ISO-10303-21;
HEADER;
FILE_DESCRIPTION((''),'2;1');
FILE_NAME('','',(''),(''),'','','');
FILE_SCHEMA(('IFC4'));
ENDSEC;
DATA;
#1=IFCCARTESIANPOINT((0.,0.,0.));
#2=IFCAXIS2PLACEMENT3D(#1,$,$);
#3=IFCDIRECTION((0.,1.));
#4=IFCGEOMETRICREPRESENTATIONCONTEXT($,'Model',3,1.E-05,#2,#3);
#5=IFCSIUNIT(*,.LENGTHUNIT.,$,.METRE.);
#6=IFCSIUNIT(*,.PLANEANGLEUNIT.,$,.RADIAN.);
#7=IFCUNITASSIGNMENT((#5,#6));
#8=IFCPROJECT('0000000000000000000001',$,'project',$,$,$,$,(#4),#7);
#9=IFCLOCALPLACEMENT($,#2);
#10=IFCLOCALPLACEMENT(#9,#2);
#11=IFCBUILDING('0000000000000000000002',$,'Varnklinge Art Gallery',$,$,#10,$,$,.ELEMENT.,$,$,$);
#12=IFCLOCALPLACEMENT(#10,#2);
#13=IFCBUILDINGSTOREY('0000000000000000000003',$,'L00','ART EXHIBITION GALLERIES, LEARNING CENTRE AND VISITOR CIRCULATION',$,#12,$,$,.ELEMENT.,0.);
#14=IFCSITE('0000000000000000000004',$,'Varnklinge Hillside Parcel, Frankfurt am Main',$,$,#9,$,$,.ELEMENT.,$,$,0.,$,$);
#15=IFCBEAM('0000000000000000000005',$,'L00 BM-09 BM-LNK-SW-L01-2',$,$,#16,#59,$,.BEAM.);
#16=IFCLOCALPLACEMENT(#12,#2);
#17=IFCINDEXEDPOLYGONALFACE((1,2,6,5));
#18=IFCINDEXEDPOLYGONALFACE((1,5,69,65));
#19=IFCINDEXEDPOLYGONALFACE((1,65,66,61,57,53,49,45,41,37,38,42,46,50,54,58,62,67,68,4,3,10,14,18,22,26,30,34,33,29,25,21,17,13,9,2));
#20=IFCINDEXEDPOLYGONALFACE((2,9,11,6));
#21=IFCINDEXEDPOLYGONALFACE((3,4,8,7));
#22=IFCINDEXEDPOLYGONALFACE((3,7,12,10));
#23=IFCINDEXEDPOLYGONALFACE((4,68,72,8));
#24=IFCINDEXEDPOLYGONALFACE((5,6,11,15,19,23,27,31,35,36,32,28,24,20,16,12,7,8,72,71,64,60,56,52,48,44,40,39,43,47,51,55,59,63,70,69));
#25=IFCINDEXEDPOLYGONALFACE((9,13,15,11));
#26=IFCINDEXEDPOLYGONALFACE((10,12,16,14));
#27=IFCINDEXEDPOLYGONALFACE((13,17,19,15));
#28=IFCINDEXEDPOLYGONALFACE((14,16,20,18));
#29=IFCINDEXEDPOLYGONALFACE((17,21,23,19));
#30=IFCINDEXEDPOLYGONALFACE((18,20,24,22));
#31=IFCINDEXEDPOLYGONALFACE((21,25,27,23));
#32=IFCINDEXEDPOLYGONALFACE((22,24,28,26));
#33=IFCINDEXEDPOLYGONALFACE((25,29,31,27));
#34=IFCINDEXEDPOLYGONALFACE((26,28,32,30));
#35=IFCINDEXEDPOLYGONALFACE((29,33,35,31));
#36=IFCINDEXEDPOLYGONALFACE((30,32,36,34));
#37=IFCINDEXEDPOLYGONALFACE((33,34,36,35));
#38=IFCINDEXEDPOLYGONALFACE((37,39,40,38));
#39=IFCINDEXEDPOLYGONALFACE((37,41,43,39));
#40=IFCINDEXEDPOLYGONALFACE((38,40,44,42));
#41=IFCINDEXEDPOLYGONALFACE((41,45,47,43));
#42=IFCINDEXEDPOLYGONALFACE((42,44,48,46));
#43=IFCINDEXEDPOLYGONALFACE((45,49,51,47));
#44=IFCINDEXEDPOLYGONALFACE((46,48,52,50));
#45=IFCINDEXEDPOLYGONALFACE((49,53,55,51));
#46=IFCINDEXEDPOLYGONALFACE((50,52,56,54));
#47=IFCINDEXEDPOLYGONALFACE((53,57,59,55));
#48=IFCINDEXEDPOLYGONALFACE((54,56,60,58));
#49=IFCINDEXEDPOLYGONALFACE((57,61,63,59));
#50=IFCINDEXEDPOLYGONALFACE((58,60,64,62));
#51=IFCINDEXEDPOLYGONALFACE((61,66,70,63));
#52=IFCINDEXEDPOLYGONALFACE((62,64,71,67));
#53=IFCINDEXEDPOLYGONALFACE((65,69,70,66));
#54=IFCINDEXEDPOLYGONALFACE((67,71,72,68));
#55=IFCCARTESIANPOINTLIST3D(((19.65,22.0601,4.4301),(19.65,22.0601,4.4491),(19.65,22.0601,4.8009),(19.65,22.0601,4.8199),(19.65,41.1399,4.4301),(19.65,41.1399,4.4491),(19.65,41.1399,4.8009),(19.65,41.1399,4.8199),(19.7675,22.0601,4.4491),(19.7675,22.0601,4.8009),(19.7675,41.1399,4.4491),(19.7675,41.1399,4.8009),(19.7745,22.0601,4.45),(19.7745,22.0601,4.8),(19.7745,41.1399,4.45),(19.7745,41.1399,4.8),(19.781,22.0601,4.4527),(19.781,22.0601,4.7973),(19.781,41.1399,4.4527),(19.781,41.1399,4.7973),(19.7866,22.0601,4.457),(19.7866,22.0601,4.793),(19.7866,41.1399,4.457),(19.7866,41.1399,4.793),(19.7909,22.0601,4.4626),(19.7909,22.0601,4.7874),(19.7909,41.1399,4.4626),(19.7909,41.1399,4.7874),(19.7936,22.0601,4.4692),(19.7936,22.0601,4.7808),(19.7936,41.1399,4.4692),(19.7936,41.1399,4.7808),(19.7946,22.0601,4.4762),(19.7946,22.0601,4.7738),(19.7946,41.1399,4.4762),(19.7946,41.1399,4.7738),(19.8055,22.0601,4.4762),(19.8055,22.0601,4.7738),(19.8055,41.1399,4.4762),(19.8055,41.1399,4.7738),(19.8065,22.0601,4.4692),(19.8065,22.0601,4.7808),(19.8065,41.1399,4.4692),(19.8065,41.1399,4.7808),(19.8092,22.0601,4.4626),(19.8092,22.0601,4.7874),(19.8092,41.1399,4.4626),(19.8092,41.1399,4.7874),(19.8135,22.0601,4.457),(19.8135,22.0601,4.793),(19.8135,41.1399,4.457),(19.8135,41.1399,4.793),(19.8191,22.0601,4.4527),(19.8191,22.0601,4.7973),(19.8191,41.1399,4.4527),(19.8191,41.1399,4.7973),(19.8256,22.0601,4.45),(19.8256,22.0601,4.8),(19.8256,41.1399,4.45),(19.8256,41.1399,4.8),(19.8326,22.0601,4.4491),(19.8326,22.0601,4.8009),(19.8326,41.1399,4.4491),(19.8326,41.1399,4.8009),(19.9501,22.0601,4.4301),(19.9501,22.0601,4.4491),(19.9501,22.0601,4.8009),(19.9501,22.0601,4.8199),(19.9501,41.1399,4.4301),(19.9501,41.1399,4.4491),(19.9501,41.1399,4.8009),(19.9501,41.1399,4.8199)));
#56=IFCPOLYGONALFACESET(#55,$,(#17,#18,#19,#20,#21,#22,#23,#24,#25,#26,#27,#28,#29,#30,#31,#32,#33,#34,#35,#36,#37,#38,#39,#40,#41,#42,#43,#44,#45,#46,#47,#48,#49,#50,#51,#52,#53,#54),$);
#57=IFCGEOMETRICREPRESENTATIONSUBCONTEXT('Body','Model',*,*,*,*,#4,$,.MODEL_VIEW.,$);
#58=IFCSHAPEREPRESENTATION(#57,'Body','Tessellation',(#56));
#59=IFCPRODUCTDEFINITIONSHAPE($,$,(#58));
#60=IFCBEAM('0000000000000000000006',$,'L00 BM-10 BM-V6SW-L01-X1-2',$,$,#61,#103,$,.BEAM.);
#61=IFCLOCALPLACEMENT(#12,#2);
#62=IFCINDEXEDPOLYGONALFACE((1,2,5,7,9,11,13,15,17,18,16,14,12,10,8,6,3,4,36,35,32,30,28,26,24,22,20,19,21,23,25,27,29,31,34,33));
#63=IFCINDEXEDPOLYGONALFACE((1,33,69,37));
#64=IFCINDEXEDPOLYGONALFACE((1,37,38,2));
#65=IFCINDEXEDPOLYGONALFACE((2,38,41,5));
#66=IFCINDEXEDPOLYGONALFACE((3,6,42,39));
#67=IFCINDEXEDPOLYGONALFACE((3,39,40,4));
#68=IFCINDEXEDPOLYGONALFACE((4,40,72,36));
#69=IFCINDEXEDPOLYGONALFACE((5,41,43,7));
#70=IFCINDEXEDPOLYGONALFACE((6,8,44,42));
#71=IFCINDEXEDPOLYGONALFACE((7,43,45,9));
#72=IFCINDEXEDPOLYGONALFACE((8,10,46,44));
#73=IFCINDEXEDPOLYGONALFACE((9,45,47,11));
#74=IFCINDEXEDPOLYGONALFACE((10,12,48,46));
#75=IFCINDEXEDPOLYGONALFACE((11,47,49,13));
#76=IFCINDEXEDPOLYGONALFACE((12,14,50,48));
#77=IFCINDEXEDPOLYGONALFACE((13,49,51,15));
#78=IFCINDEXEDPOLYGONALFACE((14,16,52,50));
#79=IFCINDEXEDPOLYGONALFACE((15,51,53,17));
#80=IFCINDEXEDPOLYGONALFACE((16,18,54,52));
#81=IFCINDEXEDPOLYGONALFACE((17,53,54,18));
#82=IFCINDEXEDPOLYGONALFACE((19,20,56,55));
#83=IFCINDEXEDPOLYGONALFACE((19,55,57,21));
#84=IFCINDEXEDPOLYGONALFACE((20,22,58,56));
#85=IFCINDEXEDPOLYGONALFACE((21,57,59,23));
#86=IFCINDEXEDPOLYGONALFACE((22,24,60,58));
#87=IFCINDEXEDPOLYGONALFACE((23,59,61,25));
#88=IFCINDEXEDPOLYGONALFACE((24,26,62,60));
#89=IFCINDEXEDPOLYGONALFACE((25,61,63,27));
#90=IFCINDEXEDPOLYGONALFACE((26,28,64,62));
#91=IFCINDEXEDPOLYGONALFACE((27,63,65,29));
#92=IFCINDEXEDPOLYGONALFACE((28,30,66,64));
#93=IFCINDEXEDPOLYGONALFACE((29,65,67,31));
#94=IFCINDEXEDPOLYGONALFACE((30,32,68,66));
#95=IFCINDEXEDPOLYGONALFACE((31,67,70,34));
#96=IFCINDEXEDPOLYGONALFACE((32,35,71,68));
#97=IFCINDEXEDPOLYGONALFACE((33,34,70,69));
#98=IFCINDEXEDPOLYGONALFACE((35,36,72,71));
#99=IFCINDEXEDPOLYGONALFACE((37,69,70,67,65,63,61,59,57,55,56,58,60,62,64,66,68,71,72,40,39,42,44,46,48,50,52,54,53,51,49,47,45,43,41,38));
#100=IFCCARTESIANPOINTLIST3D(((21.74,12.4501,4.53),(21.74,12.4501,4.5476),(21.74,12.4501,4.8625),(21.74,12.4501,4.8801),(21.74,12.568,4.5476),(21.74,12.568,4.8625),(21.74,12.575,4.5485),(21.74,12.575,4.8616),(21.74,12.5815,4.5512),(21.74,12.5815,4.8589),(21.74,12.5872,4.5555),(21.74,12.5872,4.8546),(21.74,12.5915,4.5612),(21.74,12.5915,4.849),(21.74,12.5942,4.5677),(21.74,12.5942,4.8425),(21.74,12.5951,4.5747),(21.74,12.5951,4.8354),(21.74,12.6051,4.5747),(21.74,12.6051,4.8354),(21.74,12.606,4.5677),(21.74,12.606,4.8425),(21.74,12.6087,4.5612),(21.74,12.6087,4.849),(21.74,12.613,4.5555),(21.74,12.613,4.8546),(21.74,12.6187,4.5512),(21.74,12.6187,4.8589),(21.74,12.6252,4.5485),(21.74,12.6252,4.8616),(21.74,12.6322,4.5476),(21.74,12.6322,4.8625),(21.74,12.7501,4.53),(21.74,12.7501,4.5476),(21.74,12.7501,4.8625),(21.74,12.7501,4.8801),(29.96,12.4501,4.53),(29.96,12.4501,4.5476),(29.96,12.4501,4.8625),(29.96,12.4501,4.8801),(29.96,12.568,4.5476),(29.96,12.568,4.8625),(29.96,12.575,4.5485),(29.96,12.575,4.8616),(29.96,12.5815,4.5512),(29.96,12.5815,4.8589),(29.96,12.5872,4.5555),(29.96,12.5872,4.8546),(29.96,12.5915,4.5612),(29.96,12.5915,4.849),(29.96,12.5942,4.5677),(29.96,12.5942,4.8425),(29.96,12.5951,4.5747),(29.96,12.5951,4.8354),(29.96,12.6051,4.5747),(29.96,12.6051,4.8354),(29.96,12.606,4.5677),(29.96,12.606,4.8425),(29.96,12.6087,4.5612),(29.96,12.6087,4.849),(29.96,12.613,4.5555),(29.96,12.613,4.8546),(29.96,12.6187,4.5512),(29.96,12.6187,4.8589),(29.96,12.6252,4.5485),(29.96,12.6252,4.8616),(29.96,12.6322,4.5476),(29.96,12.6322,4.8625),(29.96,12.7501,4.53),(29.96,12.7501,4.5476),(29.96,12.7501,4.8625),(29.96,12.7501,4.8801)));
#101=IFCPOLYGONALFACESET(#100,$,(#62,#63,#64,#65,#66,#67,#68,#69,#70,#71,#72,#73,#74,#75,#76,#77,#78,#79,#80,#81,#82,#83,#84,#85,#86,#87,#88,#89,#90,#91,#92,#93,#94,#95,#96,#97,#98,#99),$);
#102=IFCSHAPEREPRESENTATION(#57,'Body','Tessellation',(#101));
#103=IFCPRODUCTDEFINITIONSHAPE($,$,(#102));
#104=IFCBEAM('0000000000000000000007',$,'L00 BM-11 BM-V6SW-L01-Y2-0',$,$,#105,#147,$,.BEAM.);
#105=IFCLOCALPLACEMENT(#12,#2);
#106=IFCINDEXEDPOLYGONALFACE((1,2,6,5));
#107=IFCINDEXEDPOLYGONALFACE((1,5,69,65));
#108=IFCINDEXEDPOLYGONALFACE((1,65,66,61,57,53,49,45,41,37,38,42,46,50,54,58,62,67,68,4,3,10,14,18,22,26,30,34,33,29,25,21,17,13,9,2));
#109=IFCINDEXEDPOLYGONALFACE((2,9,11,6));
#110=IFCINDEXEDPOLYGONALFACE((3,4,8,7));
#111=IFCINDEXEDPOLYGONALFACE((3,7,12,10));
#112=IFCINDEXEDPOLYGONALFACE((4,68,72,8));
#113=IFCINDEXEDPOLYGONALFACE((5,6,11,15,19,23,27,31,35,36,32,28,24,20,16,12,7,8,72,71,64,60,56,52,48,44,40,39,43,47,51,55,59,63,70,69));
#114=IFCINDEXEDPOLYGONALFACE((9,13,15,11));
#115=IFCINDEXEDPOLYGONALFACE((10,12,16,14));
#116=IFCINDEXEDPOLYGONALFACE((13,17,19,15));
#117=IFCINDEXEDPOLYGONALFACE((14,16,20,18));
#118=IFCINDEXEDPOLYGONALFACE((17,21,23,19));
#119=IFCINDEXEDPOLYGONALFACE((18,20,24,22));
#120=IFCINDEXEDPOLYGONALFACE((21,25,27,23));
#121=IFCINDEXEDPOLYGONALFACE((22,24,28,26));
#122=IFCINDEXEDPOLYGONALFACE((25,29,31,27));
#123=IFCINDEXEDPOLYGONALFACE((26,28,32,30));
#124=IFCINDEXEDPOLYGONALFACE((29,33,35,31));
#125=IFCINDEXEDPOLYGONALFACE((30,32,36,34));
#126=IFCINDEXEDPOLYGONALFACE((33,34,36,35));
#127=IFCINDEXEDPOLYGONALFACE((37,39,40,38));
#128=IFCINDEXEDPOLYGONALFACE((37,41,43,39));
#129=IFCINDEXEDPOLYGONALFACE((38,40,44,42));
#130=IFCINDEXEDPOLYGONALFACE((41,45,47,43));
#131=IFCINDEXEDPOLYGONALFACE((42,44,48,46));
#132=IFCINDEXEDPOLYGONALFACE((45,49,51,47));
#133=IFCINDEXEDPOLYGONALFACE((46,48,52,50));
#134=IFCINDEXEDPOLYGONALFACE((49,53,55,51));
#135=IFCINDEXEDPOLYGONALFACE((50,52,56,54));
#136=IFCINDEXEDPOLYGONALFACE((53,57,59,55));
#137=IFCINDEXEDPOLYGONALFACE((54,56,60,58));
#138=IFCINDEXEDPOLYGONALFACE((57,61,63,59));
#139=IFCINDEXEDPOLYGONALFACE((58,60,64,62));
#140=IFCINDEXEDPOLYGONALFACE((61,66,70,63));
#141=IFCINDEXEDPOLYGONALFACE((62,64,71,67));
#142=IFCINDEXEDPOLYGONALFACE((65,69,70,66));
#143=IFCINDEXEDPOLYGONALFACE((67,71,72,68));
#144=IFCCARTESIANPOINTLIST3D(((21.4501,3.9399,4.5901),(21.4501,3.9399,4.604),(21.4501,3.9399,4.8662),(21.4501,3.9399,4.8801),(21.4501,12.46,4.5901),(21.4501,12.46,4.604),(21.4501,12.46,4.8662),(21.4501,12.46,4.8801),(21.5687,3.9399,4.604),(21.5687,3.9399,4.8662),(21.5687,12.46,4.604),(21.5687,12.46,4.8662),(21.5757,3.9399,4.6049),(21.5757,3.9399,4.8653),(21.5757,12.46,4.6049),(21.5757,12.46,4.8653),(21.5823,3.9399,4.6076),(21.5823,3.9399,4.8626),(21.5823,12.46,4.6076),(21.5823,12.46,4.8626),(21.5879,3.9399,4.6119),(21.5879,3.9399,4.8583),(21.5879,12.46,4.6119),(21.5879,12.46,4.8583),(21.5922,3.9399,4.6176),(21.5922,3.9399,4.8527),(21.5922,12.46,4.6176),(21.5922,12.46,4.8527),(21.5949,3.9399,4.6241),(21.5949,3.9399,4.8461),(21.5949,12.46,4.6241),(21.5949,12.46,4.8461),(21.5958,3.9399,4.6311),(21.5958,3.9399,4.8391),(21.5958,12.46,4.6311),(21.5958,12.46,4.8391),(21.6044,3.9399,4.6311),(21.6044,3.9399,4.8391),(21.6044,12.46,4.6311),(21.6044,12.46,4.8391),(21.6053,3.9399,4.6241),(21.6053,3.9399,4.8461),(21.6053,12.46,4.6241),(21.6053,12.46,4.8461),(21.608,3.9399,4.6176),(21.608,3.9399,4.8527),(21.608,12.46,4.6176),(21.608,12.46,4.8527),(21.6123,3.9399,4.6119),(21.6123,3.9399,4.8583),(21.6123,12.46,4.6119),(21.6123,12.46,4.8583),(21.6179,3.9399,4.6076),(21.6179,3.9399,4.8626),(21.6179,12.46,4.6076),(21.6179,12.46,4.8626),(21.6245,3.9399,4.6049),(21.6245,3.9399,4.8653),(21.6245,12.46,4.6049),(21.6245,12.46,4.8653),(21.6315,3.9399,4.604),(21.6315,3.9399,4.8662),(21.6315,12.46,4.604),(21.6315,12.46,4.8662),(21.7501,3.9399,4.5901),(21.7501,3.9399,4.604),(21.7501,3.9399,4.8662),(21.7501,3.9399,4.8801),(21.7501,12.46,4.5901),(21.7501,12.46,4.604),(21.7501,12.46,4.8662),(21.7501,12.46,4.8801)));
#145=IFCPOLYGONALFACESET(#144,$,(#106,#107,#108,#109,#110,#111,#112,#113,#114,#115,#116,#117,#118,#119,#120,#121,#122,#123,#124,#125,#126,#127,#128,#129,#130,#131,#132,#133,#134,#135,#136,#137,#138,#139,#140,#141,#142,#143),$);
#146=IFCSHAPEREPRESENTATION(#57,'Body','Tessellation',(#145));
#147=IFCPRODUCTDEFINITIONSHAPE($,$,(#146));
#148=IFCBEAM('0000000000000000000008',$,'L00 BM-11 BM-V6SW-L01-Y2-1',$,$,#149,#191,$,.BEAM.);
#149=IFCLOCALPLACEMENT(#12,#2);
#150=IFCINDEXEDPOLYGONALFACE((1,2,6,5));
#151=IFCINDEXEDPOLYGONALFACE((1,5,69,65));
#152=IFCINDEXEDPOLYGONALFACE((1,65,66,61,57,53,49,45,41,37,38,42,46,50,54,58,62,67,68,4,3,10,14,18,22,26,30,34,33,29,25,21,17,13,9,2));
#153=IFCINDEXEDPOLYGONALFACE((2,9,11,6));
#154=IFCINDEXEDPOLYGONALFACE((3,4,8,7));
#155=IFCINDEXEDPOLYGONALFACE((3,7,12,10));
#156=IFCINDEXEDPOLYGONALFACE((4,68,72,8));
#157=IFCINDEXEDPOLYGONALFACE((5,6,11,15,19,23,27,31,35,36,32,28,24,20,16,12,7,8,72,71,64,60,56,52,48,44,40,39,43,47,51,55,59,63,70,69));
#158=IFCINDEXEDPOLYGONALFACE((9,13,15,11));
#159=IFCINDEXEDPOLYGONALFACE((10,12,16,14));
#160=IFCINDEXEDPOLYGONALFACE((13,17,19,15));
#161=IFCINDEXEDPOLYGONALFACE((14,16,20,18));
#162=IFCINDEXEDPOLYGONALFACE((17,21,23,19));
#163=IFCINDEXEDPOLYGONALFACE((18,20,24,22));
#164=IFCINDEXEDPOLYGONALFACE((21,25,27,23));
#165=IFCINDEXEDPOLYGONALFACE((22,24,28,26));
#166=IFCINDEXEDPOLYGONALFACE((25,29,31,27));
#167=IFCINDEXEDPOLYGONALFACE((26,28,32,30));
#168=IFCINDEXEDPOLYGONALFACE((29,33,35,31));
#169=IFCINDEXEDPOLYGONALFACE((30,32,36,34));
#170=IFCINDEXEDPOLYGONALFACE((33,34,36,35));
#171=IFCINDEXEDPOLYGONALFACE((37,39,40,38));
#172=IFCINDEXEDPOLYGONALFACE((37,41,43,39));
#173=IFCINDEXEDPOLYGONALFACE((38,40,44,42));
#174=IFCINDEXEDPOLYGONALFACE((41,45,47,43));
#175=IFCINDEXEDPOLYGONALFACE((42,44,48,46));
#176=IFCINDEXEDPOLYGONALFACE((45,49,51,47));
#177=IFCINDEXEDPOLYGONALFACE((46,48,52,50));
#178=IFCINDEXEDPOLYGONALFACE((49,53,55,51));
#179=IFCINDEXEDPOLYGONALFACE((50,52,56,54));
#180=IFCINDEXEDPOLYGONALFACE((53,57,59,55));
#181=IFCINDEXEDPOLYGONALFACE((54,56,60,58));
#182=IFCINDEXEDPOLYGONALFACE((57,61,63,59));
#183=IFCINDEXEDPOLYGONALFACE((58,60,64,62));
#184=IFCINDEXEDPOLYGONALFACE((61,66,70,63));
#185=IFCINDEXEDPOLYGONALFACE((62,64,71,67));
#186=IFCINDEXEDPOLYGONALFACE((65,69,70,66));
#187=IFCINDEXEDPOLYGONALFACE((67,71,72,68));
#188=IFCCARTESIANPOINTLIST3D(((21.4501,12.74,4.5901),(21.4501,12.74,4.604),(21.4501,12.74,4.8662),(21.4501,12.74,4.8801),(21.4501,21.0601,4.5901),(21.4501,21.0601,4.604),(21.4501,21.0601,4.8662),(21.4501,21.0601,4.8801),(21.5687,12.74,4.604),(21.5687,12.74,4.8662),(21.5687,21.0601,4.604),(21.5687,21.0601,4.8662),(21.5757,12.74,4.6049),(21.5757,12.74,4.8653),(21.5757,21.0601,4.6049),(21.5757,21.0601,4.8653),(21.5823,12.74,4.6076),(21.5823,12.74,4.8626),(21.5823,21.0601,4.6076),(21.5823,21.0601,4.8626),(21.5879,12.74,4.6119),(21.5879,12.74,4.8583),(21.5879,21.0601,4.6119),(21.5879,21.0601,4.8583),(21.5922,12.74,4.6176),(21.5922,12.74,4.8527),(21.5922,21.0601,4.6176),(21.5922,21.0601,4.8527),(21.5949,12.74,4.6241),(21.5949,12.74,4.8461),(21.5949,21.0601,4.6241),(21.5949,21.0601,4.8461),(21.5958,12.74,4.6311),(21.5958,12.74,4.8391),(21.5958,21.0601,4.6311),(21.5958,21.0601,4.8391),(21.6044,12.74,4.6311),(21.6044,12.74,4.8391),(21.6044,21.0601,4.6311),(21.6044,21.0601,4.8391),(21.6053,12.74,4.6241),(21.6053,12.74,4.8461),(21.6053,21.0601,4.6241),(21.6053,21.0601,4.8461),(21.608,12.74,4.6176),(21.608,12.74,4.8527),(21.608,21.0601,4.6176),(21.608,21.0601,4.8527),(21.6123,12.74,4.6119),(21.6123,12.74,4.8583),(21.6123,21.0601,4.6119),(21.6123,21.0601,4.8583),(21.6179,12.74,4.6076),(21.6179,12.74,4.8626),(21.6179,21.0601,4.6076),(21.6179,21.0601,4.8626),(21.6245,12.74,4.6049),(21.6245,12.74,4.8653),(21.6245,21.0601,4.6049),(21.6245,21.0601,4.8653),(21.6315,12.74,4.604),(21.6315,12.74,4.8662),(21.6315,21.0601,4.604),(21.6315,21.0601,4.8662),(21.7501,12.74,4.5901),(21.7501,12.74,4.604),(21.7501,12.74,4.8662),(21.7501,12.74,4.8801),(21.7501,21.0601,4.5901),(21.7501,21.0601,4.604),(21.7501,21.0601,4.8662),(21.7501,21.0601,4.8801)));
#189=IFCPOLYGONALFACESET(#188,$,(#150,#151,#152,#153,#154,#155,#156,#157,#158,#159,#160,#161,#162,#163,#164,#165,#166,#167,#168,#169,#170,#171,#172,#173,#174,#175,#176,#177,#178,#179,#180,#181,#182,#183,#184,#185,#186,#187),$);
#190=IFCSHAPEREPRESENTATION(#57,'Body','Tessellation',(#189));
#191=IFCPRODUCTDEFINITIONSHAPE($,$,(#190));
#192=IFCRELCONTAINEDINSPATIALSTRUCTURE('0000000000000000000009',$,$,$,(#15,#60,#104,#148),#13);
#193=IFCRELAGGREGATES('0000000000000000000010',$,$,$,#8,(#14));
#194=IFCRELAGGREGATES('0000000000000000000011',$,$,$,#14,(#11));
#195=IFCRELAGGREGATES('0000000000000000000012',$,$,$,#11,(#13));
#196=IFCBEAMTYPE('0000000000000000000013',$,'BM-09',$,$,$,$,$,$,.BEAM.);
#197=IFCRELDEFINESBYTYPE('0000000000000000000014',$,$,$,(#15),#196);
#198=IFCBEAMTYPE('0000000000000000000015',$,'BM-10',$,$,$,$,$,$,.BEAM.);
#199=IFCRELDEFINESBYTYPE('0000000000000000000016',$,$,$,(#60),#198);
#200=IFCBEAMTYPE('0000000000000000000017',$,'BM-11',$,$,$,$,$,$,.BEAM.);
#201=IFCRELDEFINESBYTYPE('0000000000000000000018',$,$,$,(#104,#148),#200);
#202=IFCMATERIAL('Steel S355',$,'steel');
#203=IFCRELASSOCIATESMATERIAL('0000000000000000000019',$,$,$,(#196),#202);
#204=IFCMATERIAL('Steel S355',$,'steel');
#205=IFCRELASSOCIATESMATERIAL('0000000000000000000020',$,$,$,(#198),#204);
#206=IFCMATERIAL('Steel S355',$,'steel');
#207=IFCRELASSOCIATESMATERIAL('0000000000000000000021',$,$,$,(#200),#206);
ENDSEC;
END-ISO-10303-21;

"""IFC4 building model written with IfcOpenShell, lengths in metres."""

from ifc_helpers import new_model, si_unit, direction, frame, origin, origin_2d, place, context, subcontext, project, spatial, i_section, extrude, material, material_profile, profile_set, type_object, element, save


model = new_model("IFC4")

# Units and contexts
model_context = context("Model", 3, precision=1e-05, world=origin(), true_north=direction((0.0, 1.0)))
body_context = subcontext(model_context, "Body", "Model", "MODEL_VIEW")
ifc_project = project(units=[si_unit("LENGTHUNIT", "METRE"), si_unit("PLANEANGLEUNIT", "RADIAN")], contexts=[model_context])

# Site, building, storey
site_placement = place(None, origin())
site = spatial("IfcSite", under=ifc_project, at=site_placement, Name="Varnklinge Hillside Parcel, Frankfurt am Main", CompositionType="ELEMENT", RefElevation=0.0)
building_placement = place(site_placement, origin())
building = spatial("IfcBuilding", under=site, at=building_placement, Name="Varnklinge Art Gallery", CompositionType="ELEMENT")
storey_placement = place(building_placement, origin())
storey = spatial("IfcBuildingStorey", under=building, at=storey_placement, Name="L00", Description="ART EXHIBITION GALLERIES, LEARNING CENTRE AND VISITOR CIRCULATION", CompositionType="ELEMENT", Elevation=0.0)

# Beams
ifc_material_1 = material(Name="Steel S355", Category="steel")
ifc_material_profile_1 = material_profile(ifc_material_1, i_section(OverallWidth=0.3, OverallDepth=0.3899, WebThickness=0.011, FlangeThickness=0.019, FilletRadius=0.0271, at=origin_2d()), Name="HEA 400")
ifc_profile_set_1 = profile_set([ifc_material_profile_1], Name="Steel S355")
beam_type_1 = type_object("IfcBeamType", Name="BM-09", PredefinedType="BEAM", material=ifc_profile_set_1)
beam_1_placement = place(storey_placement, frame((19.8, 22.0601, 4.625), z_axis=(0.0, 1.0, 0.0), x_axis=(-1.0, 0.0, 0.0)))
element("IfcBeam", 1, at=beam_1_placement, inside=storey, type_object=beam_type_1, Name="L00 BM-09 BM-LNK-SW-L01-2", PredefinedType="BEAM", context=body_context, shape_type="SweptSolid", body=[
    extrude(i_section(OverallWidth=0.3, OverallDepth=0.3899, WebThickness=0.011, FlangeThickness=0.019, FilletRadius=0.0271, at=origin_2d()), origin(), (0.0, 0.0, 1.0), 19.0798),
])
ifc_material_2 = material(Name="Steel S355", Category="steel")
ifc_material_profile_2 = material_profile(ifc_material_2, i_section(OverallWidth=0.3, OverallDepth=0.3501, WebThickness=0.01, FlangeThickness=0.0176, FilletRadius=0.0271, at=origin_2d()), Name="HEA 360")
ifc_profile_set_2 = profile_set([ifc_material_profile_2], Name="Steel S355")
beam_type_2 = type_object("IfcBeamType", Name="BM-10", PredefinedType="BEAM", material=ifc_profile_set_2)
beam_2_placement = place(storey_placement, frame((21.74, 12.6001, 4.7051), z_axis=(1.0, 0.0, 0.0), x_axis=(0.0, 1.0, 0.0)))
element("IfcBeam", 2, at=beam_2_placement, inside=storey, type_object=beam_type_2, Name="L00 BM-10 BM-V6SW-L01-X1-2", PredefinedType="BEAM", context=body_context, shape_type="SweptSolid", body=[
    extrude(i_section(OverallWidth=0.3, OverallDepth=0.3501, WebThickness=0.01, FlangeThickness=0.0176, FilletRadius=0.0271, at=origin_2d()), origin(), (0.0, 0.0, 1.0), 8.22),
])
ifc_material_3 = material(Name="Steel S355", Category="steel")
ifc_material_profile_3 = material_profile(ifc_material_3, i_section(OverallWidth=0.3, OverallDepth=0.29, WebThickness=0.0085, FlangeThickness=0.0139, FilletRadius=0.0271, at=origin_2d()), Name="HEA 300")
ifc_profile_set_3 = profile_set([ifc_material_profile_3], Name="Steel S355")
beam_type_3 = type_object("IfcBeamType", Name="BM-11", PredefinedType="BEAM", material=ifc_profile_set_3)
beam_3_placement = place(storey_placement, frame((21.6001, 3.9399, 4.7351), z_axis=(0.0, 1.0, 0.0), x_axis=(-1.0, 0.0, 0.0)))
element("IfcBeam", 3, at=beam_3_placement, inside=storey, type_object=beam_type_3, Name="L00 BM-11 BM-V6SW-L01-Y2-0", PredefinedType="BEAM", context=body_context, shape_type="SweptSolid", body=[
    extrude(i_section(OverallWidth=0.3, OverallDepth=0.29, WebThickness=0.0085, FlangeThickness=0.0139, FilletRadius=0.0271, at=origin_2d()), origin(), (0.0, 0.0, 1.0), 8.52),
])
beam_4_placement = place(storey_placement, frame((21.6001, 12.74, 4.7351), z_axis=(0.0, 1.0, 0.0), x_axis=(-1.0, 0.0, 0.0)))
element("IfcBeam", 4, at=beam_4_placement, inside=storey, type_object=beam_type_3, Name="L00 BM-11 BM-V6SW-L01-Y2-1", PredefinedType="BEAM", context=body_context, shape_type="SweptSolid", body=[
    extrude(i_section(OverallWidth=0.3, OverallDepth=0.29, WebThickness=0.0085, FlangeThickness=0.0139, FilletRadius=0.0271, at=origin_2d()), origin(), (0.0, 0.0, 1.0), 8.3201),
])

save(model, "model.ifc")
